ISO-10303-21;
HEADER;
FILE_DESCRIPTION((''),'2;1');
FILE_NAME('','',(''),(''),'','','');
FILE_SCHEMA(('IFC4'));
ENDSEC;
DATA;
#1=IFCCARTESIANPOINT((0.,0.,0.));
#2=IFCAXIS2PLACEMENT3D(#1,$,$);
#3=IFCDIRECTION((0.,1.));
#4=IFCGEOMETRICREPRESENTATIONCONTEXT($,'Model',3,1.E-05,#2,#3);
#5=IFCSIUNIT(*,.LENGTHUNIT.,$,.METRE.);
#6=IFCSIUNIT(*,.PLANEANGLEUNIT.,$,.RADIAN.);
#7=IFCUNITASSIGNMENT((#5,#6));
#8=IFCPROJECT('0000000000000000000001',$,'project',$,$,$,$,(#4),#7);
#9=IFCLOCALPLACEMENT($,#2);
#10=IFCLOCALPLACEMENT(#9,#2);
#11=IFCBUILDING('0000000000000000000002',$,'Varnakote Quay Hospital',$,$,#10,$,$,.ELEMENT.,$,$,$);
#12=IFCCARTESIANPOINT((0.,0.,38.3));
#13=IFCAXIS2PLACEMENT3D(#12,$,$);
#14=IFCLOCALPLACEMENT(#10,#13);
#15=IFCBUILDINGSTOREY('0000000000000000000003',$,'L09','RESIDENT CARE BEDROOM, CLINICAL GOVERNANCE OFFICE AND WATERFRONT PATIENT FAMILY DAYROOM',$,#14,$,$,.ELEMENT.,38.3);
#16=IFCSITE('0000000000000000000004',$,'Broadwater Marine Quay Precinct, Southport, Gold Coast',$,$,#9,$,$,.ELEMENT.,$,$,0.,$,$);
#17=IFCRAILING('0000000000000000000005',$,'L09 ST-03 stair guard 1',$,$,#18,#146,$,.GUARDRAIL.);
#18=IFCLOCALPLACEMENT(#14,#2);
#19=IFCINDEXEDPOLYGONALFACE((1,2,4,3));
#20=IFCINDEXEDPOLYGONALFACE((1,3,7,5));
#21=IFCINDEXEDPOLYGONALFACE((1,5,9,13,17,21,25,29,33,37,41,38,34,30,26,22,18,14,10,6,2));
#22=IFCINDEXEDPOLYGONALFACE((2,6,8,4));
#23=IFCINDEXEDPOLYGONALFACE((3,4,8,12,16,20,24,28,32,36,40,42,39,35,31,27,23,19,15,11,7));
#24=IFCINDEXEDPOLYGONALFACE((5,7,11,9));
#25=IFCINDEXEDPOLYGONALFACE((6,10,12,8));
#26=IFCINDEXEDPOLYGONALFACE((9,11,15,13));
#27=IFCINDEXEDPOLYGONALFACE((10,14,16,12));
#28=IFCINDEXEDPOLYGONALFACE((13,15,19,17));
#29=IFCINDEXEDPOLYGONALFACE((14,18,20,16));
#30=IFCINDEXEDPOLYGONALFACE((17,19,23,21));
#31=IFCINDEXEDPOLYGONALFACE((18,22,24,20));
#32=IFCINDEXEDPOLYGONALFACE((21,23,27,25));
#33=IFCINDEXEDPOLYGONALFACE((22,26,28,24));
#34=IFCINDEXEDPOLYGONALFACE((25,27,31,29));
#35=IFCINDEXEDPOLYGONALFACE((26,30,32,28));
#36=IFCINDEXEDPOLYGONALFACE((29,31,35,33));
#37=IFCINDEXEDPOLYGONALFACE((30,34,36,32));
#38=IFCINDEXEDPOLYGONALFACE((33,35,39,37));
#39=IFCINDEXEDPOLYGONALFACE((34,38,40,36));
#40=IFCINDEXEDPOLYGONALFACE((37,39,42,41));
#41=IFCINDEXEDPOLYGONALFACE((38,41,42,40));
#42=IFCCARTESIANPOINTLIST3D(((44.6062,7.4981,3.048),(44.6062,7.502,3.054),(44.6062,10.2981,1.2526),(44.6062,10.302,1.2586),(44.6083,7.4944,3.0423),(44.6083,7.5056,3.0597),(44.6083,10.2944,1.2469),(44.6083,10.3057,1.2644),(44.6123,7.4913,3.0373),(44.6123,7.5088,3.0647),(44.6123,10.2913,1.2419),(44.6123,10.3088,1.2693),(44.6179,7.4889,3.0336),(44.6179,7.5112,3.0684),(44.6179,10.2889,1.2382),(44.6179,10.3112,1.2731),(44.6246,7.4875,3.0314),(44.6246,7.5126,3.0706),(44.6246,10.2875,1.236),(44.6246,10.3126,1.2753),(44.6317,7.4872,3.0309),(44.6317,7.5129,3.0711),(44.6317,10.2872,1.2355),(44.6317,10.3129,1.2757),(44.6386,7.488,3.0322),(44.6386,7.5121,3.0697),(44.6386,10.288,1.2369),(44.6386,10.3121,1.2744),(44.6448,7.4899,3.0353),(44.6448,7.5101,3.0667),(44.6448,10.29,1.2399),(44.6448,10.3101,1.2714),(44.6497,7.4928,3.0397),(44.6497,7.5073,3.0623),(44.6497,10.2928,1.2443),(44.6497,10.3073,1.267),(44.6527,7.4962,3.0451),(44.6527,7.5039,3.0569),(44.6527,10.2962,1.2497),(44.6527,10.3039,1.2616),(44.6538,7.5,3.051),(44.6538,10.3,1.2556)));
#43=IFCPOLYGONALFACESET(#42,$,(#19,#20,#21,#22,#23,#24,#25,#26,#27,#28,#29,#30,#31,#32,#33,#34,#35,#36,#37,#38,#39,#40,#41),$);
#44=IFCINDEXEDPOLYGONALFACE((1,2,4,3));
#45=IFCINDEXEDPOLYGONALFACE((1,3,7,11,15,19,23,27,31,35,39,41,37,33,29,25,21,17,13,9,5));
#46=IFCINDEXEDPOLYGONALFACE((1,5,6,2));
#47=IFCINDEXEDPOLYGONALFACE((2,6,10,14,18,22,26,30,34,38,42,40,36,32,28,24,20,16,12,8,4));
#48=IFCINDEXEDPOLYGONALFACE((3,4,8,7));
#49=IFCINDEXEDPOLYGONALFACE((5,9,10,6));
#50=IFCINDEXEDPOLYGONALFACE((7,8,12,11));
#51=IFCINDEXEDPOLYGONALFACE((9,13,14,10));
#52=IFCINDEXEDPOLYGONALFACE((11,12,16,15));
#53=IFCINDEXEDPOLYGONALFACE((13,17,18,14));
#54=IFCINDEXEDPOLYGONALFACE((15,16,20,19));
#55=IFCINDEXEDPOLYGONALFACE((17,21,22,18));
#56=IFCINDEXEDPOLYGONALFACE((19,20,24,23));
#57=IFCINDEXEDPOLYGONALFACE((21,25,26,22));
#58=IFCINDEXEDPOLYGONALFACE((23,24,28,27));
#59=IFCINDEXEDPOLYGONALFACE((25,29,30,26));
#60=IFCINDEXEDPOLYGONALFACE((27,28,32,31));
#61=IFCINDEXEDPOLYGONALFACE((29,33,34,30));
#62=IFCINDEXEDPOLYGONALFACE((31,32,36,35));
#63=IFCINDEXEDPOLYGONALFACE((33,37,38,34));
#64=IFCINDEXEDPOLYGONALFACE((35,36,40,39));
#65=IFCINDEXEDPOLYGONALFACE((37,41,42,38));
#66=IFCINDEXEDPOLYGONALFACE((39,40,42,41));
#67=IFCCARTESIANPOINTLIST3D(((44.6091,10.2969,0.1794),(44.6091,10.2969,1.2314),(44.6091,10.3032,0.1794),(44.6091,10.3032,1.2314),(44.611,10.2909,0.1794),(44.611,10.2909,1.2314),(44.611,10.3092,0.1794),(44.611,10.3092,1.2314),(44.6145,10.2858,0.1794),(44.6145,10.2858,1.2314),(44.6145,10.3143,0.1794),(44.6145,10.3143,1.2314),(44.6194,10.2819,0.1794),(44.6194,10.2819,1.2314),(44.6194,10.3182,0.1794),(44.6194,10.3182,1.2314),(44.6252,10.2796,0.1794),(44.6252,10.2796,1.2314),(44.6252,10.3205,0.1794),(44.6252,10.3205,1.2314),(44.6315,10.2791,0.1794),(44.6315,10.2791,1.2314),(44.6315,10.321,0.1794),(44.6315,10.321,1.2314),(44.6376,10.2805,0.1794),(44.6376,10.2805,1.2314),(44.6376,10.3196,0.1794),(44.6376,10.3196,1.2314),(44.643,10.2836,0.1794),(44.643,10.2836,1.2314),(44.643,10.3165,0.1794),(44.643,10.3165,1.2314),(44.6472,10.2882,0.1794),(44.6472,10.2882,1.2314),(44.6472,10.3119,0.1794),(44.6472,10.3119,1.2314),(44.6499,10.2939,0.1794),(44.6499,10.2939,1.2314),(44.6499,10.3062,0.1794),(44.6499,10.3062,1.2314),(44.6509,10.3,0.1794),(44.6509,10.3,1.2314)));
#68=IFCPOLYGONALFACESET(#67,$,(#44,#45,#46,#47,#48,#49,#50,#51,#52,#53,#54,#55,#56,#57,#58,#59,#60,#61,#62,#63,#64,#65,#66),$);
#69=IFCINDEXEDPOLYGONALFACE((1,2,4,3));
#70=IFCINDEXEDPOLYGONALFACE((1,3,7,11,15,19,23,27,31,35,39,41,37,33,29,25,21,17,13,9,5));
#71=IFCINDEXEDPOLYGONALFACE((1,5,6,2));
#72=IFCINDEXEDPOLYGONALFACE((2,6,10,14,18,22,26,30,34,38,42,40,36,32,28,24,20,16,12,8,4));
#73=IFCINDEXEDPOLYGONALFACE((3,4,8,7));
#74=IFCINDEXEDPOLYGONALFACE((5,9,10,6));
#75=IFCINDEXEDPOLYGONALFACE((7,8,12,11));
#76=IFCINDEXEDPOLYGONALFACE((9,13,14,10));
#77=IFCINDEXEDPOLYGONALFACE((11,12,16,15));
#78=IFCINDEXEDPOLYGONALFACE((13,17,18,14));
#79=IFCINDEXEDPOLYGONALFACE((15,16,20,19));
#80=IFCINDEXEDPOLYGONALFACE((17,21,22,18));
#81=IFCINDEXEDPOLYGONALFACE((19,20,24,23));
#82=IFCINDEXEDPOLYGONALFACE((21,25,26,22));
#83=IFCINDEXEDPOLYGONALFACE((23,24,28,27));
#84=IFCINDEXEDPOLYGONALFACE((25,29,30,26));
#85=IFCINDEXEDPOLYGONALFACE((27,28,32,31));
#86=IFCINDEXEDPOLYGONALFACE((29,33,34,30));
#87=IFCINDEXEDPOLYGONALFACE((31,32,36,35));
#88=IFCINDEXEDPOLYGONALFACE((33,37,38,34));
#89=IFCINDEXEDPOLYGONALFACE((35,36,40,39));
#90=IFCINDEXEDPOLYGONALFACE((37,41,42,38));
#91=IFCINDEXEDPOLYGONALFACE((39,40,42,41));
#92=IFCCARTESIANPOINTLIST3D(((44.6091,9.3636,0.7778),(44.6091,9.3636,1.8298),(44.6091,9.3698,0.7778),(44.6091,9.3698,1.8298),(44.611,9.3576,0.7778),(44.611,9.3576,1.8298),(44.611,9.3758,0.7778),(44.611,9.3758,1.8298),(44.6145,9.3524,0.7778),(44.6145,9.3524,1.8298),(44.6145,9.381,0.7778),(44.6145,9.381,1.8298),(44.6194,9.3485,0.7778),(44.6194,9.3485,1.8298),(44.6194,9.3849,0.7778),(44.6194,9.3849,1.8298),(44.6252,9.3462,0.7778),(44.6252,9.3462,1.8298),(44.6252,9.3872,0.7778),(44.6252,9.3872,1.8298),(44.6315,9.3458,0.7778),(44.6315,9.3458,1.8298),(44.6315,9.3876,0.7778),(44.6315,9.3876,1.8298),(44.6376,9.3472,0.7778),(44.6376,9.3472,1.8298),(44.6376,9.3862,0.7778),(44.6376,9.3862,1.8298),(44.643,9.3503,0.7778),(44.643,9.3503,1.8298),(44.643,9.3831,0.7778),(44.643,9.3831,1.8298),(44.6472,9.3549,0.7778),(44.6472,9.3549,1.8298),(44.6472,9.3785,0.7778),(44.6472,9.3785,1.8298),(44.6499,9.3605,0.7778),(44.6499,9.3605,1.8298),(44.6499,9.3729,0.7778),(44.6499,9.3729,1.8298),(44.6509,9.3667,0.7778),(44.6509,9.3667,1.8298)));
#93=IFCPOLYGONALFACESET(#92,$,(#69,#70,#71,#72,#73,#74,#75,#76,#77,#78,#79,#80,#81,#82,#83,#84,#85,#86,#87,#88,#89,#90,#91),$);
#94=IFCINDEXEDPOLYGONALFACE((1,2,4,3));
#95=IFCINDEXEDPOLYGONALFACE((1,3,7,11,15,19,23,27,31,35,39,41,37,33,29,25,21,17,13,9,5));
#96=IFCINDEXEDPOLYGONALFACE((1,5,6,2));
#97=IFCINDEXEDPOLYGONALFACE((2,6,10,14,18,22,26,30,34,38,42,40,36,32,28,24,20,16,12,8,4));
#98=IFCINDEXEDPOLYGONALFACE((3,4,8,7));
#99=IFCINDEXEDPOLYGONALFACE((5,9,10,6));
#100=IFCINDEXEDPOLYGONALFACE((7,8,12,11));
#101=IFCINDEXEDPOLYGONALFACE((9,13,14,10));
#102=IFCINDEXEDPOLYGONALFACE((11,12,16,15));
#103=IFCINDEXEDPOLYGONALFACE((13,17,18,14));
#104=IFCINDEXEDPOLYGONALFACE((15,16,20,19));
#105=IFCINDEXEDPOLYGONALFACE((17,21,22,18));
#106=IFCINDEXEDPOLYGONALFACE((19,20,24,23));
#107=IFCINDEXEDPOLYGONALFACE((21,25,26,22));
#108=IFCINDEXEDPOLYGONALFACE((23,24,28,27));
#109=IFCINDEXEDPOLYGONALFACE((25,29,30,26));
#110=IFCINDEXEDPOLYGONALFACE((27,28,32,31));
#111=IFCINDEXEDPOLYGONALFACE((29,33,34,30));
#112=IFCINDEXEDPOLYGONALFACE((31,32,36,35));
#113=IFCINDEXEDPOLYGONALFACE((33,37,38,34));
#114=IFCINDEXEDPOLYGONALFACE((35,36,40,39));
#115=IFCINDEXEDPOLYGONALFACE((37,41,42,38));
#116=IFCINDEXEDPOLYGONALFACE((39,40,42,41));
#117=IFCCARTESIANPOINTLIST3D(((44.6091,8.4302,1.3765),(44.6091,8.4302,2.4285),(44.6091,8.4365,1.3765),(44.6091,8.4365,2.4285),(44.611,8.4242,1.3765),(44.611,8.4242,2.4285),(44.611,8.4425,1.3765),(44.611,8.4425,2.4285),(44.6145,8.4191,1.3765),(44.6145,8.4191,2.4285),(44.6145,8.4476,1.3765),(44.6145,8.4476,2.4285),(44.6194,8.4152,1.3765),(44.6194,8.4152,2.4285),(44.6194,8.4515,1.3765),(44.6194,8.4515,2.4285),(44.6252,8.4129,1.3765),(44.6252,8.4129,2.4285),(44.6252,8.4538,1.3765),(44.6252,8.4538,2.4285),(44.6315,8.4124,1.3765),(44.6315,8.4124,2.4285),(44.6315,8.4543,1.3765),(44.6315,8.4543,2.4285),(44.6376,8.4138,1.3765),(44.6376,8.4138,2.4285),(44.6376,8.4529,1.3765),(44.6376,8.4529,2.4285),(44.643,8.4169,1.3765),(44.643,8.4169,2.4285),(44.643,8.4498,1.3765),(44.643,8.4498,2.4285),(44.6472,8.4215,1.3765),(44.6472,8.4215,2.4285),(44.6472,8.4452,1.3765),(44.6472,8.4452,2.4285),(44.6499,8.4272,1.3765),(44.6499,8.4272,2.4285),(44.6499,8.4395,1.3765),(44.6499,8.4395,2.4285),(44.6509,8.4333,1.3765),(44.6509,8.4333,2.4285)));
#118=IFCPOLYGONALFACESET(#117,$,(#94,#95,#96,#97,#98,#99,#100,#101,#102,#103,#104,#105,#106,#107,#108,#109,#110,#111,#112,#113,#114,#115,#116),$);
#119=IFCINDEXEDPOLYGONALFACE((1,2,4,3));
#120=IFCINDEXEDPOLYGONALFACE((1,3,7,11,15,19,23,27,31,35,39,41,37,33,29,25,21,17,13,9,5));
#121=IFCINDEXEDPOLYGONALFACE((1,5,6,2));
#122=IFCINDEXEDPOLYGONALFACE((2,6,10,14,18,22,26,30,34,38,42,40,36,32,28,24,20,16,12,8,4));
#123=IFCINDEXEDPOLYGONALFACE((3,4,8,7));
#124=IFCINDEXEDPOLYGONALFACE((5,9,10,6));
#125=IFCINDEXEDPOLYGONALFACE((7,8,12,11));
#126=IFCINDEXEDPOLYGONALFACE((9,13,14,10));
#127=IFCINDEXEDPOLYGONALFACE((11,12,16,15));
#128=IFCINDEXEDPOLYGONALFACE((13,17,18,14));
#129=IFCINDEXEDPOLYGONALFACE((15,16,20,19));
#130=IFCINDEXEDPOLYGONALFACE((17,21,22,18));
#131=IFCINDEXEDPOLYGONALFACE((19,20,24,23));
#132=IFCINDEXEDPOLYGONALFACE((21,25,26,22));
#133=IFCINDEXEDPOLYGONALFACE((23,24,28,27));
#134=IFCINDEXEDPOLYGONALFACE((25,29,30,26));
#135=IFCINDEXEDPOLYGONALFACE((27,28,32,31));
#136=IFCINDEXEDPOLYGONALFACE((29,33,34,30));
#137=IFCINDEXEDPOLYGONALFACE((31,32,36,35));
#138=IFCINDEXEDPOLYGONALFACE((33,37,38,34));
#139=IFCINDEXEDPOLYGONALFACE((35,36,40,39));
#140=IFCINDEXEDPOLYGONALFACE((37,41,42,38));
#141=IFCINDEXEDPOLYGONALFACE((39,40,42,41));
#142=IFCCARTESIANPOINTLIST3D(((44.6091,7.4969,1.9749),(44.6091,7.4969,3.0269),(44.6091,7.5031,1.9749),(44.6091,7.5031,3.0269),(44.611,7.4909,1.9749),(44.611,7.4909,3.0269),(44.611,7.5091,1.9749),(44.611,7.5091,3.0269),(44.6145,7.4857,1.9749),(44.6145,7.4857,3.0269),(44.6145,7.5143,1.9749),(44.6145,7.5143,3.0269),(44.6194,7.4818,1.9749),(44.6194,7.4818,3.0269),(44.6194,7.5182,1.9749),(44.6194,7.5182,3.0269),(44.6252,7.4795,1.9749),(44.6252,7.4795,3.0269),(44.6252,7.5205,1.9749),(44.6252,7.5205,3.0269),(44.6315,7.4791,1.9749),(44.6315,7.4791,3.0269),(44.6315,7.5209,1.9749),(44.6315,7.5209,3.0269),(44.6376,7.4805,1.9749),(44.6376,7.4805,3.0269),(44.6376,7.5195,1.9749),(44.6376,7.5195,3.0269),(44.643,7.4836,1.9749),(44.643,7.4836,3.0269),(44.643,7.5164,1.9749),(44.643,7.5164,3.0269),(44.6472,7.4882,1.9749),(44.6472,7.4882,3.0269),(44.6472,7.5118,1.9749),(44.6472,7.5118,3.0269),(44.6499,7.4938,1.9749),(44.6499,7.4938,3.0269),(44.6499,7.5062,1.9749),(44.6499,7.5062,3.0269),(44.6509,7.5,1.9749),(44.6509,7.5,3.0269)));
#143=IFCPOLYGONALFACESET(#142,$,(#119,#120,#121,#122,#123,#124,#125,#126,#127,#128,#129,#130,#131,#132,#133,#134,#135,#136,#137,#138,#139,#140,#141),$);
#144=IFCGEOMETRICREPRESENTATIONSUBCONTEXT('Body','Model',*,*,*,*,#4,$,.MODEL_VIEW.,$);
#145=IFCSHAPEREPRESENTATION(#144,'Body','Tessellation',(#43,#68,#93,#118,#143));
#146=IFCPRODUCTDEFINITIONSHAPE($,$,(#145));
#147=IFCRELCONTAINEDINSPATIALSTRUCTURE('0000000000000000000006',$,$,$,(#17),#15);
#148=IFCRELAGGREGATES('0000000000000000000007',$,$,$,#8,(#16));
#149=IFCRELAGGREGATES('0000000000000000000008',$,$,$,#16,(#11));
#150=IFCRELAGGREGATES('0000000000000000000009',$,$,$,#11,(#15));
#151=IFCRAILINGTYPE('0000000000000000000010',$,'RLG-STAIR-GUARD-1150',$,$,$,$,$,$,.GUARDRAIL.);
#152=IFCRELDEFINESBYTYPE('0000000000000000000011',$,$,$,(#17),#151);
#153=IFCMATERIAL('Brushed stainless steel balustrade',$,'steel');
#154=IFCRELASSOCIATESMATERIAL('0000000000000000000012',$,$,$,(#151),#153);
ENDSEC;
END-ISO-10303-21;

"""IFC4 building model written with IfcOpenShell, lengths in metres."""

from ifc_helpers import new_model, si_unit, direction, frame, origin, origin_2d, place, context, subcontext, project, spatial, circle, extrude, material, type_object, element, save


model = new_model("IFC4")

# Units and contexts
model_context = context("Model", 3, precision=1e-05, world=origin(), true_north=direction((0.0, 1.0)))
body_context = subcontext(model_context, "Body", "Model", "MODEL_VIEW")
ifc_project = project(units=[si_unit("LENGTHUNIT", "METRE"), si_unit("PLANEANGLEUNIT", "RADIAN")], contexts=[model_context])

# Site, building, storey
site_placement = place(None, origin())
site = spatial("IfcSite", under=ifc_project, at=site_placement, Name="Broadwater Marine Quay Precinct, Southport, Gold Coast", CompositionType="ELEMENT", RefElevation=0.0)
building_placement = place(site_placement, origin())
building = spatial("IfcBuilding", under=site, at=building_placement, Name="Varnakote Quay Hospital", CompositionType="ELEMENT")
storey_placement = place(building_placement, frame((0.0, 0.0, 38.3)))
storey = spatial("IfcBuildingStorey", under=building, at=storey_placement, Name="L09", Description="RESIDENT CARE BEDROOM, CLINICAL GOVERNANCE OFFICE AND WATERFRONT PATIENT FAMILY DAYROOM", CompositionType="ELEMENT", Elevation=38.3)

# Railing
ifc_material_1 = material(Name="Brushed stainless steel balustrade", Category="steel")
railing_type_1 = type_object("IfcRailingType", Name="RLG-STAIR-GUARD-1150", PredefinedType="GUARDRAIL", material=ifc_material_1)
railing_1_placement = place(storey_placement, frame((44.6299, 10.3, 0.1794)))
element("IfcRailing", 1, at=railing_1_placement, inside=storey, type_object=railing_type_1, Name="L09 ST-03 stair guard 1", PredefinedType="GUARDRAIL", context=body_context, shape_type="SweptSolid", body=[
    extrude(circle(Radius=0.0239, at=origin_2d()), frame((0.0, 0.0, 1.0762), z_axis=(0.0, -0.84181, 0.539774), x_axis=(1.0, 0.0, 0.0)), (0.0, 0.0, 1.0), 3.3262),
    extrude(circle(Radius=0.021, at=origin_2d()), origin(), (0.0, 0.0, 1.0), 1.052),
    extrude(circle(Radius=0.021, at=origin_2d()), frame((0.0, -0.9333, 0.5984)), (0.0, 0.0, 1.0), 1.052),
    extrude(circle(Radius=0.021, at=origin_2d()), frame((0.0, -1.8667, 1.197)), (0.0, 0.0, 1.0), 1.052),
    extrude(circle(Radius=0.021, at=origin_2d()), frame((0.0, -2.8, 1.7954)), (0.0, 0.0, 1.0), 1.052),
])

save(model, "model.ifc")
